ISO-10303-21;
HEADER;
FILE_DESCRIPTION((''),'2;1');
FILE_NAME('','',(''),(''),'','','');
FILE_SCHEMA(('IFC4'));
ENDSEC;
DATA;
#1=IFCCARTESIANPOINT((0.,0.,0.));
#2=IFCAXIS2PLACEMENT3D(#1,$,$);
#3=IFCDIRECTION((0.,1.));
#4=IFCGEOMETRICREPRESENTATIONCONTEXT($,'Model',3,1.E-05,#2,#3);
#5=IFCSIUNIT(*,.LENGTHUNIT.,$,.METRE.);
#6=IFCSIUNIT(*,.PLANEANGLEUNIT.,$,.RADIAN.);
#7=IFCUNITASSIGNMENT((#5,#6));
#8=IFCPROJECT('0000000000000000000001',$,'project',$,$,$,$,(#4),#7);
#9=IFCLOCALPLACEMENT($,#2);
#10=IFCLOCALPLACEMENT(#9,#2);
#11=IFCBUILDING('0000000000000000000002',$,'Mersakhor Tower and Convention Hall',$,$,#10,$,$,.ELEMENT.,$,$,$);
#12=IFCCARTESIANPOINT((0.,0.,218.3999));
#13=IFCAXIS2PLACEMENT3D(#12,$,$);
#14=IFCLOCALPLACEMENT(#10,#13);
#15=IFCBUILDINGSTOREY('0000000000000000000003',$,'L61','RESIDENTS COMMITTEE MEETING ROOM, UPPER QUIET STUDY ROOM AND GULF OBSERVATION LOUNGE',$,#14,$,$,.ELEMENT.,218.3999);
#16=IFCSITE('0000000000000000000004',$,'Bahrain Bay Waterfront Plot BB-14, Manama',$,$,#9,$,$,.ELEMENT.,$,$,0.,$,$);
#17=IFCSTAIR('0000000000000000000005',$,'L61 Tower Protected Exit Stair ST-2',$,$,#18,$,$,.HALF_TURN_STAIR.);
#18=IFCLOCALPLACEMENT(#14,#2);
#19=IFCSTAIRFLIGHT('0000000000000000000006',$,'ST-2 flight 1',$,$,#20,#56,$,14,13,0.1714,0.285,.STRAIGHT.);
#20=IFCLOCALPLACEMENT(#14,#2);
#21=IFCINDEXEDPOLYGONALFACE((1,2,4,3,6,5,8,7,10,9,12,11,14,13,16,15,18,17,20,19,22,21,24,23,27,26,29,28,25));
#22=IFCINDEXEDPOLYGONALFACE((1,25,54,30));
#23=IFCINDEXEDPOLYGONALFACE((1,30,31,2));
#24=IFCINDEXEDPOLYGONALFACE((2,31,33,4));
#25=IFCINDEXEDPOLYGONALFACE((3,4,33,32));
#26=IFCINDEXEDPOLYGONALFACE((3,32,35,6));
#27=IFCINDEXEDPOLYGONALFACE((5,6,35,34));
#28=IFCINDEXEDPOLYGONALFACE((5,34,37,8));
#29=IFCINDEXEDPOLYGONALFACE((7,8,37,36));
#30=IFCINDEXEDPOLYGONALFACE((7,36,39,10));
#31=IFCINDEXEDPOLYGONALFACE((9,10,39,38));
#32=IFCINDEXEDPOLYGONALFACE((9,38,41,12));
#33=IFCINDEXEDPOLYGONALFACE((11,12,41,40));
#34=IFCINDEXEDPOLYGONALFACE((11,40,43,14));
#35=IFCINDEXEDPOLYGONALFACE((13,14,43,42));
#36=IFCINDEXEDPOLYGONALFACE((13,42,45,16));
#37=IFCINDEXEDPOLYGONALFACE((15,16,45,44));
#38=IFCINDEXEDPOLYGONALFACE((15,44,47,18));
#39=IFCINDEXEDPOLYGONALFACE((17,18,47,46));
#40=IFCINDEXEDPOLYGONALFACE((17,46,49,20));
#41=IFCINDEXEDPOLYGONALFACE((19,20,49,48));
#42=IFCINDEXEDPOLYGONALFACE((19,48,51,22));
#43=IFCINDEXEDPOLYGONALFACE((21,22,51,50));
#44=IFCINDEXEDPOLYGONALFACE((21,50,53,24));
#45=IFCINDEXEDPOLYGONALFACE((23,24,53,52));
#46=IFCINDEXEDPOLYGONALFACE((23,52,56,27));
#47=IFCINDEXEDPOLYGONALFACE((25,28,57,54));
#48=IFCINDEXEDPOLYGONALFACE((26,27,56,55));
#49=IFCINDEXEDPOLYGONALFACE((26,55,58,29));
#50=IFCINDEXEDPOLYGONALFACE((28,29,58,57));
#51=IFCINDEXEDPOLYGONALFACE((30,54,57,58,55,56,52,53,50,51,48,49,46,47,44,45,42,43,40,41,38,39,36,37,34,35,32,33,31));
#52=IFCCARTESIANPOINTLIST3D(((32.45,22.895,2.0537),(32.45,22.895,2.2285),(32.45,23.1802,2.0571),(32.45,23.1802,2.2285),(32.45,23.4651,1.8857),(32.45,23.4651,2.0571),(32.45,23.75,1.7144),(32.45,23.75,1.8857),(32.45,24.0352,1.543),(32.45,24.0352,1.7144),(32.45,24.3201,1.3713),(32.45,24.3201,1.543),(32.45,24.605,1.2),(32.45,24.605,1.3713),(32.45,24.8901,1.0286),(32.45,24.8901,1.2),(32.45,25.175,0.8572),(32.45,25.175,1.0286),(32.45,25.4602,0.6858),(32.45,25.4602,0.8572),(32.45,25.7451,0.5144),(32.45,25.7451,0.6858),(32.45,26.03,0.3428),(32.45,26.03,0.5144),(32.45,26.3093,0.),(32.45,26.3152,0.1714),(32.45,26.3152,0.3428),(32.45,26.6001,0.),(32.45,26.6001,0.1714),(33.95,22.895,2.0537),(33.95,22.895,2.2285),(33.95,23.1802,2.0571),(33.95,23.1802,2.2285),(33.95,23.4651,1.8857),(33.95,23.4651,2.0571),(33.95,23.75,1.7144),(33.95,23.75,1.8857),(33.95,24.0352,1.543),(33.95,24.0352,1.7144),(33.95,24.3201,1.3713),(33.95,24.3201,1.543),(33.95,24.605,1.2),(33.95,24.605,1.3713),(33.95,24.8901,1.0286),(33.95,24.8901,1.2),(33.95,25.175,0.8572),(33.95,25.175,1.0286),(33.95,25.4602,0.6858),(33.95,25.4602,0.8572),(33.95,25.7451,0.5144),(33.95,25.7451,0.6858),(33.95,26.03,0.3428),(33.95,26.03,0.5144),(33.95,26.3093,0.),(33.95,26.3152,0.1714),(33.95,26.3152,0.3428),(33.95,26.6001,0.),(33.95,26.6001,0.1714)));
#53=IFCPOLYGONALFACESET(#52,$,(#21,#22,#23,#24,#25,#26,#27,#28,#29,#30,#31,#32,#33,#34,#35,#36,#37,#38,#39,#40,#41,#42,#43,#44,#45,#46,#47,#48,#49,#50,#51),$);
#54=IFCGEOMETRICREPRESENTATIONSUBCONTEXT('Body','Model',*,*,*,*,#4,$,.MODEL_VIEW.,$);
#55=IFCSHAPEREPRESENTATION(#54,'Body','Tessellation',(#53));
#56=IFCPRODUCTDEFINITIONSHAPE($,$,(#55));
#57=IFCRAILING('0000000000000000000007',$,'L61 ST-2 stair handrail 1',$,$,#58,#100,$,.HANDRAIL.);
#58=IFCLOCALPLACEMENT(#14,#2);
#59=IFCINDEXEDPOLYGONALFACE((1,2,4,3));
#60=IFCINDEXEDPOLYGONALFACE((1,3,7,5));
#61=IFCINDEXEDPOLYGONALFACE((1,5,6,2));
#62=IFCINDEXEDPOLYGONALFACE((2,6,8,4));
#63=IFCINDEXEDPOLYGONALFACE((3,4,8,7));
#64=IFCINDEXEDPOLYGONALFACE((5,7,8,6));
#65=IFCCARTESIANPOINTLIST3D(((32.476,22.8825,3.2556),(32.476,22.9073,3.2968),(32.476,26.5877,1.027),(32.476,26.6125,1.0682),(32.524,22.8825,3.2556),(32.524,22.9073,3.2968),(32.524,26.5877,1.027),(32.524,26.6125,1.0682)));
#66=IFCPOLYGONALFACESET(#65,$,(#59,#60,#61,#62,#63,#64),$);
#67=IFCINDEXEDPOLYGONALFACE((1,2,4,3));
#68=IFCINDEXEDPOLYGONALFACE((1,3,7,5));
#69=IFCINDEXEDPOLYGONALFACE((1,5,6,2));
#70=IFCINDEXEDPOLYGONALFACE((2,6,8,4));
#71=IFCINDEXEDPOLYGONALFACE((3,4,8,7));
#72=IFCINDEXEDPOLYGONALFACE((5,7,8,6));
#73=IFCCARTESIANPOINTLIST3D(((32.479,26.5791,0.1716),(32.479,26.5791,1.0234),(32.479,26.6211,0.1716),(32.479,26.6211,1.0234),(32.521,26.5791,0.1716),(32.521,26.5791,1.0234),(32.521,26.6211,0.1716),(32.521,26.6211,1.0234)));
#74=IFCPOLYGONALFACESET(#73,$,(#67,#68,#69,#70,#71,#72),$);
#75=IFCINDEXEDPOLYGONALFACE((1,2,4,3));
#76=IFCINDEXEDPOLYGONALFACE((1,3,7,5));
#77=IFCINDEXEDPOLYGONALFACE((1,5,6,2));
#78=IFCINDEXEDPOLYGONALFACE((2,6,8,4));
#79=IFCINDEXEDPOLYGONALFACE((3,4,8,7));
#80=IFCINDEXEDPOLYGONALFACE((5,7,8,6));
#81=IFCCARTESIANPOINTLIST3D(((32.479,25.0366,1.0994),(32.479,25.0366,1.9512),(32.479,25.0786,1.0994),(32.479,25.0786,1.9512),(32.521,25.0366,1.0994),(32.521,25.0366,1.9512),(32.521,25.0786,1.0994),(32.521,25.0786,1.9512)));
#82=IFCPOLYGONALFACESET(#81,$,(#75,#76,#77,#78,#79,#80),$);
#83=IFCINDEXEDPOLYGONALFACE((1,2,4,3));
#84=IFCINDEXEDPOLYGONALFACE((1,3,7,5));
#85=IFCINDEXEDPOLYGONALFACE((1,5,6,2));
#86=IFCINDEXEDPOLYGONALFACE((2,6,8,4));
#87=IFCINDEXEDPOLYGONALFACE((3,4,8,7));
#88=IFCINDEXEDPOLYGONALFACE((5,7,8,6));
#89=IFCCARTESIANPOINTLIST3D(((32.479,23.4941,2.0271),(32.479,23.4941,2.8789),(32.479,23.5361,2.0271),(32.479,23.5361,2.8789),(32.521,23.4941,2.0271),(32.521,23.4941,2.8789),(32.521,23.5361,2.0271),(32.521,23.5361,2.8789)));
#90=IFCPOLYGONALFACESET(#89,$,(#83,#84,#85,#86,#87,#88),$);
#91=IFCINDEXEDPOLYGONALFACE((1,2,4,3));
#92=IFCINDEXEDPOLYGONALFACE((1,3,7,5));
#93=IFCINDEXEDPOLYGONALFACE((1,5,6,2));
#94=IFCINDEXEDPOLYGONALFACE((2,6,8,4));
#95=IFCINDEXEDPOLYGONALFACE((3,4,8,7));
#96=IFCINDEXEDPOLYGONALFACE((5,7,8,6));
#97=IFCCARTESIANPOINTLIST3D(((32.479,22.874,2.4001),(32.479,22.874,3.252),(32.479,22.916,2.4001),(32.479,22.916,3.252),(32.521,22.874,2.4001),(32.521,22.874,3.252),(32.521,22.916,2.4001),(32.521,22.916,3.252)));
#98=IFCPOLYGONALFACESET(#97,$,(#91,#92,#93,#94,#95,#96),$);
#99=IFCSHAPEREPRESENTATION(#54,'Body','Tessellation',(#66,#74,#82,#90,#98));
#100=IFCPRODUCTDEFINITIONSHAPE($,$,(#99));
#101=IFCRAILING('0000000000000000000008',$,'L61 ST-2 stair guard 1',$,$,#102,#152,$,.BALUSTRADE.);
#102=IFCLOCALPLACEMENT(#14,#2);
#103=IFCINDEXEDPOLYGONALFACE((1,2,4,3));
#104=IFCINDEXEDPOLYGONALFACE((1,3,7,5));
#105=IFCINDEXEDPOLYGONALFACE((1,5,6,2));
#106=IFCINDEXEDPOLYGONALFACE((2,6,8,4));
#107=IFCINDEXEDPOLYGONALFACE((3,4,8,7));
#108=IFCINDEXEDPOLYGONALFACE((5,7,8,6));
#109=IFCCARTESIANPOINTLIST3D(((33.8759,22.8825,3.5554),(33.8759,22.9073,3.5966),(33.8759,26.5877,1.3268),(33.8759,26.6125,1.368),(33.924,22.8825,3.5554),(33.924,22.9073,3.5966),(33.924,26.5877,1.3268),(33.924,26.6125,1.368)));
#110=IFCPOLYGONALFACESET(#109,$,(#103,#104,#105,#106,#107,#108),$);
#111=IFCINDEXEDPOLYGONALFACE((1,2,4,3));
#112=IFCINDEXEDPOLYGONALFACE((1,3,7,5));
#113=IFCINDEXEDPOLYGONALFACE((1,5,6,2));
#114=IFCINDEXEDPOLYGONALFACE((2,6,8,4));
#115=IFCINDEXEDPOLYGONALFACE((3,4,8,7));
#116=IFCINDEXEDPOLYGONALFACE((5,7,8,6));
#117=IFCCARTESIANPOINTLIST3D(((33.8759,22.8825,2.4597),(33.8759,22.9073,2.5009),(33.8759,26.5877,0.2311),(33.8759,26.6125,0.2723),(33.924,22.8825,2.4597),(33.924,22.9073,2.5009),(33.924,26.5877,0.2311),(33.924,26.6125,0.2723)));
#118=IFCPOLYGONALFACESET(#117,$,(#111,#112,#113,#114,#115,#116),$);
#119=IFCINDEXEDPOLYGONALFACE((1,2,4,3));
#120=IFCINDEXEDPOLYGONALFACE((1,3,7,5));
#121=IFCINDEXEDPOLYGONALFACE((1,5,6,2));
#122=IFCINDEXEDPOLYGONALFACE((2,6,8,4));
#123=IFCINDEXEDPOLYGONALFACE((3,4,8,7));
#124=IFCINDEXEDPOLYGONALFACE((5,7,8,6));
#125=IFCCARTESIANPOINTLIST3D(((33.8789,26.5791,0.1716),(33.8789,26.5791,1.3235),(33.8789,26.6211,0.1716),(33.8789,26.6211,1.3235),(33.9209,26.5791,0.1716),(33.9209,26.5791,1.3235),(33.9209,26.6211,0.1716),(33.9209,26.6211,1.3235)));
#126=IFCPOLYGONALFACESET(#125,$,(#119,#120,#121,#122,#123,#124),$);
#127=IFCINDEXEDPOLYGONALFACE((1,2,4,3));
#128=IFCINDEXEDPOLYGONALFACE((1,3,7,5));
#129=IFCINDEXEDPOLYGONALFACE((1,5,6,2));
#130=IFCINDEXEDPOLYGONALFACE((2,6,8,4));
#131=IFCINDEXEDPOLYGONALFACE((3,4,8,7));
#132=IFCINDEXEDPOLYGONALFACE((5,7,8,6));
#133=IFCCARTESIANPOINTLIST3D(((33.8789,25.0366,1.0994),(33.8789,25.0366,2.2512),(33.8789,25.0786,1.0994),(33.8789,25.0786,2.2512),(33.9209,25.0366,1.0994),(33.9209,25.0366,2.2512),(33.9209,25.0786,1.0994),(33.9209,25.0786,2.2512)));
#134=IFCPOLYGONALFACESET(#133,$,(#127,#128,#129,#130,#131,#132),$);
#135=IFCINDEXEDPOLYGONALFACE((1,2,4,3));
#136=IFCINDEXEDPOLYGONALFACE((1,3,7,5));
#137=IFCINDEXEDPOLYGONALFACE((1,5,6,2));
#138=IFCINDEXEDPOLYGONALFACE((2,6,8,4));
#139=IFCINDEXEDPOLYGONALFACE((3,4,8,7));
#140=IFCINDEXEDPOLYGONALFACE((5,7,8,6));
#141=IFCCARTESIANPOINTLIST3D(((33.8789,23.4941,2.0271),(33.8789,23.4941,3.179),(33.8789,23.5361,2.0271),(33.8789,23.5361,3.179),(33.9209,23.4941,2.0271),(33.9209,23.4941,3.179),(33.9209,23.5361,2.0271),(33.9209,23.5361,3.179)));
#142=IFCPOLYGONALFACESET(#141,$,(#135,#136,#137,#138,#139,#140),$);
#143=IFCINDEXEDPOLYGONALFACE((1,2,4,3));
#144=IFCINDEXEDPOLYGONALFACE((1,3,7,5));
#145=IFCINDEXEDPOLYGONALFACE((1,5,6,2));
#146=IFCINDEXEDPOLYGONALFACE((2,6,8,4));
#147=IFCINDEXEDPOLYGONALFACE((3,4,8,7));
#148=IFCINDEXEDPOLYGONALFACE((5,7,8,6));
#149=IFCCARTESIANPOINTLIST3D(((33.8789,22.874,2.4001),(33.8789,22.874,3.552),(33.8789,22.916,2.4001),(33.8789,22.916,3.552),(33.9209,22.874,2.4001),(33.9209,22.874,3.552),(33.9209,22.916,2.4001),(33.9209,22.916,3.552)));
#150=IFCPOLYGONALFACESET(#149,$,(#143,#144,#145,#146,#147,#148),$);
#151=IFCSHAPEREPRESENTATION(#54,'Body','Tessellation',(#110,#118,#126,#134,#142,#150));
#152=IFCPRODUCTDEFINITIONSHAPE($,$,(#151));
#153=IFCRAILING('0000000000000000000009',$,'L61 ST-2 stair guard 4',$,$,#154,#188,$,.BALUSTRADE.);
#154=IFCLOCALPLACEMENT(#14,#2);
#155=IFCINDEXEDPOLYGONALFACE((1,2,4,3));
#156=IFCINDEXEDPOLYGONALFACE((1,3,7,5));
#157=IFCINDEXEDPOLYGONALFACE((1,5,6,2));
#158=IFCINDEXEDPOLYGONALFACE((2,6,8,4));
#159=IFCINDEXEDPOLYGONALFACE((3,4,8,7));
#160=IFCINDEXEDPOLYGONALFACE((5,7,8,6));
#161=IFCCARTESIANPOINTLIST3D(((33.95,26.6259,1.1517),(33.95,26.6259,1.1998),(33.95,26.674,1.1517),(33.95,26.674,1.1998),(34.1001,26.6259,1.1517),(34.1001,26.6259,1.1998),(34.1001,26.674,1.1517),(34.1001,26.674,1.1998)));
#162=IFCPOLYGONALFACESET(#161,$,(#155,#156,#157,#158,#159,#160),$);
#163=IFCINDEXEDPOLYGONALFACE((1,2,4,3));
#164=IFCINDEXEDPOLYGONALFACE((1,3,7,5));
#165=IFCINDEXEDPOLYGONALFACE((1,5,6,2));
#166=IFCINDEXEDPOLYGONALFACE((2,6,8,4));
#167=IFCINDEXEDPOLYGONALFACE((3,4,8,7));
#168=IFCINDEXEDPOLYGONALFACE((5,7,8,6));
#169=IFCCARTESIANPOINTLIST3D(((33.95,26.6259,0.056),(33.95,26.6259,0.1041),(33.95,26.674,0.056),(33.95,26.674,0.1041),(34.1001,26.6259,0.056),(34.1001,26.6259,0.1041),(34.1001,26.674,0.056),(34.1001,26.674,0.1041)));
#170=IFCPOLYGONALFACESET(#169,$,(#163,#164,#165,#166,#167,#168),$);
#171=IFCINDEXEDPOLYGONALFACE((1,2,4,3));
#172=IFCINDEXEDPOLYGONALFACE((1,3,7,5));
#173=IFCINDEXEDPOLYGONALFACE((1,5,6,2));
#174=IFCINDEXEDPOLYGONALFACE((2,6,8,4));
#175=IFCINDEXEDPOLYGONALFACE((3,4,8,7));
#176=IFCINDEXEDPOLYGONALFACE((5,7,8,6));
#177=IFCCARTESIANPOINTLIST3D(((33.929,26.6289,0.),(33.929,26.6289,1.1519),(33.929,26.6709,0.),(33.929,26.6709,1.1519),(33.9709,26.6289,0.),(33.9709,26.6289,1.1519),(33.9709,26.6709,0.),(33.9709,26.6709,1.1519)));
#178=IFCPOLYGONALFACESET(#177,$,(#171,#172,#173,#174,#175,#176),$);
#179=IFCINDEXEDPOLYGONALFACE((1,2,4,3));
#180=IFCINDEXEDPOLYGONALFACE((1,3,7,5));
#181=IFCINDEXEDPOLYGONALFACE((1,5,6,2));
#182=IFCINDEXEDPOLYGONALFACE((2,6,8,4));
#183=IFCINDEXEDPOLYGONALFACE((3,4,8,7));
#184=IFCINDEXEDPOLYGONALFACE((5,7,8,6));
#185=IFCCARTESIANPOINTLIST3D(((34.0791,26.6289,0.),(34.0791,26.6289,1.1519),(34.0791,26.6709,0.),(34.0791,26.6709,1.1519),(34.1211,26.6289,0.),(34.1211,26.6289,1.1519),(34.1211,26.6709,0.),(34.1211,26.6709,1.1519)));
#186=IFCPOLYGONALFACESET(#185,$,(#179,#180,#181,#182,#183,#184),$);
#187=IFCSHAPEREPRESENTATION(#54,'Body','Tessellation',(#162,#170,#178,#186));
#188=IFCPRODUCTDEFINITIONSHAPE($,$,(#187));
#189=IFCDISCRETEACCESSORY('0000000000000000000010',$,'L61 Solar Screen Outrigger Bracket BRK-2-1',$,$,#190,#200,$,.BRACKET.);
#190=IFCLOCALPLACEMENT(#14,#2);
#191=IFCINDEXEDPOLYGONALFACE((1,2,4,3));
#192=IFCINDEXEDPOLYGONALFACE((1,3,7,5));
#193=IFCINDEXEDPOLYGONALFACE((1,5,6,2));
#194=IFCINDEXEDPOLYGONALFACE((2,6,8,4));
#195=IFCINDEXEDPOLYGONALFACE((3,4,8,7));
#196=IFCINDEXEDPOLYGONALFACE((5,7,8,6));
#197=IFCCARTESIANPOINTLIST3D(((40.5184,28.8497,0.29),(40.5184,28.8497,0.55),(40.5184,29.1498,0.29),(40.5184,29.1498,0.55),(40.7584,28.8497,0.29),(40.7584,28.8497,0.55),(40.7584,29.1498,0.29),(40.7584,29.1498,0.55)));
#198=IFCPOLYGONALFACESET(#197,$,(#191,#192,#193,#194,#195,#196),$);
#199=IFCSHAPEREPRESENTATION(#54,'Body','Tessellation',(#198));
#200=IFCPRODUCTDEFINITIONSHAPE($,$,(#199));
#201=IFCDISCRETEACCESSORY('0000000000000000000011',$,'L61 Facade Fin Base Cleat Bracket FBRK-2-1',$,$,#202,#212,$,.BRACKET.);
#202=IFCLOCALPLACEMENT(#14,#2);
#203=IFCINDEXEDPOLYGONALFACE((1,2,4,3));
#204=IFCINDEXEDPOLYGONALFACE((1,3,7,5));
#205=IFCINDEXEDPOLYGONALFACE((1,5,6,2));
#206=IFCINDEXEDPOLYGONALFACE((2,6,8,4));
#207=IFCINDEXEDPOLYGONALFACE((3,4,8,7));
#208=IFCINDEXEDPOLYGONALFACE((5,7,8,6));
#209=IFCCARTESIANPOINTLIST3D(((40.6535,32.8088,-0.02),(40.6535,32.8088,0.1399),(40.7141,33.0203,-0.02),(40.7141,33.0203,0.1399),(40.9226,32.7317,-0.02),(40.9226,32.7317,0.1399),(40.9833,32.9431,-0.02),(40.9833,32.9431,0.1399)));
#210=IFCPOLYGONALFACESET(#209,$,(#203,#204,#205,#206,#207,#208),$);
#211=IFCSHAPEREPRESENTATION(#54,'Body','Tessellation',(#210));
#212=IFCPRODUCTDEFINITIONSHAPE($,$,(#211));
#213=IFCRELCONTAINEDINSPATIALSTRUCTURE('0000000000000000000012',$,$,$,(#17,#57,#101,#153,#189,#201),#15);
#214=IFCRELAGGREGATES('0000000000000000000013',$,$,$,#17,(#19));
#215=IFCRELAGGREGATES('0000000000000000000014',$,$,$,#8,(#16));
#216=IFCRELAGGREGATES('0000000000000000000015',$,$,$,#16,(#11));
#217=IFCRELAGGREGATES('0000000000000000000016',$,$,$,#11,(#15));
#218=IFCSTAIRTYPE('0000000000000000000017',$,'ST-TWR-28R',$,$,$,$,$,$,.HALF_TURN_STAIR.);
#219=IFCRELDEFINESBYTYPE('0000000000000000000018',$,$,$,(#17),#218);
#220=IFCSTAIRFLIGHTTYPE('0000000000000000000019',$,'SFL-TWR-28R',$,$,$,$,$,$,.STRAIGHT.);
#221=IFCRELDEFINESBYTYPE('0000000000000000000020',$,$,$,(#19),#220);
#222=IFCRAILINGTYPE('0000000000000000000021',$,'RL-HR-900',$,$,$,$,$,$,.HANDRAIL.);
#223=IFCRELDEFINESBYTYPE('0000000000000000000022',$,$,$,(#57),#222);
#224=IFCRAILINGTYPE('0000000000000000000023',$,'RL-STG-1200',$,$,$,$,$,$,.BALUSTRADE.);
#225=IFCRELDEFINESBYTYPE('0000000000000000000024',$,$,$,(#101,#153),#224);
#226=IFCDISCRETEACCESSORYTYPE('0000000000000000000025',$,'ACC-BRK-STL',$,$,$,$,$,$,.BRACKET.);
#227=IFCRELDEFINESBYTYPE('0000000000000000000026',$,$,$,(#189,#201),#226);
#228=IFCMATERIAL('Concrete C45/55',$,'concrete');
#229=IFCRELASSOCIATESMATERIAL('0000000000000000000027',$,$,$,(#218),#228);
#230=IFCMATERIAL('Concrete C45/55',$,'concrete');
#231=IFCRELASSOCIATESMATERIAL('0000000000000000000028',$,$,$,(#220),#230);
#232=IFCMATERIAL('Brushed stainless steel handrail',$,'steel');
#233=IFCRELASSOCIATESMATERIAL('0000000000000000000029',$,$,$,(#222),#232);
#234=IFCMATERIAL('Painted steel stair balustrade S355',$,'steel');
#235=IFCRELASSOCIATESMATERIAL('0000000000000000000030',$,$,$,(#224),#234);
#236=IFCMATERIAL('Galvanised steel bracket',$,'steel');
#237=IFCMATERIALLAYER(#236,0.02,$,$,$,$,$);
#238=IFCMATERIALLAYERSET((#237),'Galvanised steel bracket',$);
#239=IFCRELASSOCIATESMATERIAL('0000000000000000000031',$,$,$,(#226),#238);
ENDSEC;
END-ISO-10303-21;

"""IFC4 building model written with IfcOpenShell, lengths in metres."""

from ifc_helpers import new_model, si_unit, direction, frame, origin, origin_2d, place, context, subcontext, project, spatial, polyline, rectangle, outline, extrude, material, layer, layer_set, type_object, element, aggregate, save


model = new_model("IFC4")

# Units and contexts
model_context = context("Model", 3, precision=1e-05, world=origin(), true_north=direction((0.0, 1.0)))
body_context = subcontext(model_context, "Body", "Model", "MODEL_VIEW")
ifc_project = project(units=[si_unit("LENGTHUNIT", "METRE"), si_unit("PLANEANGLEUNIT", "RADIAN")], contexts=[model_context])

# Site, building, storey
site_placement = place(None, origin())
site = spatial("IfcSite", under=ifc_project, at=site_placement, Name="Bahrain Bay Waterfront Plot BB-14, Manama", CompositionType="ELEMENT", RefElevation=0.0)
building_placement = place(site_placement, origin())
building = spatial("IfcBuilding", under=site, at=building_placement, Name="Mersakhor Tower and Convention Hall", CompositionType="ELEMENT")
storey_placement = place(building_placement, frame((0.0, 0.0, 218.3999)))
storey = spatial("IfcBuildingStorey", under=building, at=storey_placement, Name="L61", Description="RESIDENTS COMMITTEE MEETING ROOM, UPPER QUIET STUDY ROOM AND GULF OBSERVATION LOUNGE", CompositionType="ELEMENT", Elevation=218.3999)

# Stair, stair flight
ifc_material_1 = material(Name="Concrete C45/55", Category="concrete")
stair_type = type_object("IfcStairType", Name="ST-TWR-28R", PredefinedType="HALF_TURN_STAIR", material=ifc_material_1)
stair_placement = place(storey_placement, origin())
stair = element("IfcStair", 1, at=stair_placement, inside=storey, type_object=stair_type, Name="L61 Tower Protected Exit Stair ST-2", PredefinedType="HALF_TURN_STAIR")
ifc_material_2 = material(Name="Concrete C45/55", Category="concrete")
stair_flight_type = type_object("IfcStairFlightType", Name="SFL-TWR-28R", PredefinedType="STRAIGHT", material=ifc_material_2)
stair_flight_placement = place(storey_placement, frame((33.2, 26.6001, 0.0), z_axis=(0.0, 0.0, 1.0), x_axis=(0.0, -1.0, 0.0)))
stair_flight = element("IfcStairFlight", 2, at=stair_flight_placement, type_object=stair_flight_type, Name="ST-2 flight 1", NumberOfRisers=14, NumberOfTreads=13, PredefinedType="STRAIGHT", RiserHeight=0.1714, TreadLength=0.285, context=body_context, shape_type="SweptSolid", body=[
    extrude(outline(polyline([(0.0, 0.0), (0.0, 0.1714), (0.2849, 0.1714), (0.2849, 0.3428), (0.5701, 0.3428), (0.5701, 0.5144), (0.855, 0.5144), (0.855, 0.6858), (1.1399, 0.6858), (1.1399, 0.8572), (1.425, 0.8572), (1.425, 1.0286), (1.71, 1.0286), (1.71, 1.2), (1.9951, 1.2), (1.9951, 1.3713), (2.28, 1.3713), (2.28, 1.543), (2.5649, 1.543), (2.5649, 1.7144), (2.8501, 1.7144), (2.8501, 1.8857), (3.135, 1.8857), (3.135, 2.0571), (3.4199, 2.0571), (3.4199, 2.2285), (3.7051, 2.2285), (3.7051, 2.3999), (3.7051, 2.0537), (0.2908, 0.0), (0.0, 0.0)])), frame((0.0, 0.75, 0.0), z_axis=(0.0, -1.0, 0.0), x_axis=(1.0, 0.0, 0.0)), (0.0, 0.0, 1.0), 1.5),
])
aggregate(stair, [stair_flight])

# Railings
ifc_material_3 = material(Name="Brushed stainless steel handrail", Category="steel")
railing_type_1 = type_object("IfcRailingType", Name="RL-HR-900", PredefinedType="HANDRAIL", material=ifc_material_3)
railing_1_placement = place(storey_placement, frame((32.5, 26.6001, 0.1716)))
element("IfcRailing", 3, at=railing_1_placement, inside=storey, type_object=railing_type_1, Name="L61 ST-2 stair handrail 1", PredefinedType="HANDRAIL", context=body_context, shape_type="SweptSolid", body=[
    extrude(rectangle(XDim=0.0481, YDim=0.0481, at=origin_2d()), frame((0.0, 0.0, 0.876), z_axis=(0.0, -0.856934, 0.515425), x_axis=(1.0, 0.0, 0.0)), (0.0, 0.0, 1.0), 4.3237),
    extrude(rectangle(XDim=0.042, YDim=0.042, at=origin_2d()), origin(), (0.0, 0.0, 1.0), 0.8518),
    extrude(rectangle(XDim=0.042, YDim=0.042, at=origin_2d()), frame((0.0, -1.5425, 0.9277)), (0.0, 0.0, 1.0), 0.8518),
    extrude(rectangle(XDim=0.042, YDim=0.042, at=origin_2d()), frame((0.0, -3.085, 1.8555)), (0.0, 0.0, 1.0), 0.8518),
    extrude(rectangle(XDim=0.042, YDim=0.042, at=origin_2d()), frame((0.0, -3.7051, 2.2285)), (0.0, 0.0, 1.0), 0.8518),
])
ifc_material_4 = material(Name="Painted steel stair balustrade S355", Category="steel")
railing_type_2 = type_object("IfcRailingType", Name="RL-STG-1200", PredefinedType="BALUSTRADE", material=ifc_material_4)
railing_2_placement = place(storey_placement, frame((33.8999, 26.6001, 0.1716)))
element("IfcRailing", 4, at=railing_2_placement, inside=storey, type_object=railing_type_2, Name="L61 ST-2 stair guard 1", PredefinedType="BALUSTRADE", context=body_context, shape_type="SweptSolid", body=[
    extrude(rectangle(XDim=0.0481, YDim=0.0481, at=origin_2d()), frame((0.0, 0.0, 1.1758), z_axis=(0.0, -0.856934, 0.515425), x_axis=(1.0, 0.0, 0.0)), (0.0, 0.0, 1.0), 4.3237),
    extrude(rectangle(XDim=0.0481, YDim=0.0481, at=origin_2d()), frame((0.0, 0.0, 0.0801), z_axis=(0.0, -0.856934, 0.515425), x_axis=(1.0, 0.0, 0.0)), (0.0, 0.0, 1.0), 4.3237),
    extrude(rectangle(XDim=0.042, YDim=0.042, at=origin_2d()), origin(), (0.0, 0.0, 1.0), 1.1519),
    extrude(rectangle(XDim=0.042, YDim=0.042, at=origin_2d()), frame((0.0, -1.5425, 0.9277)), (0.0, 0.0, 1.0), 1.1519),
    extrude(rectangle(XDim=0.042, YDim=0.042, at=origin_2d()), frame((0.0, -3.085, 1.8555)), (0.0, 0.0, 1.0), 1.1519),
    extrude(rectangle(XDim=0.042, YDim=0.042, at=origin_2d()), frame((0.0, -3.7051, 2.2285)), (0.0, 0.0, 1.0), 1.1519),
])
railing_3_placement = place(storey_placement, frame((33.95, 26.6499, 0.0)))
element("IfcRailing", 5, at=railing_3_placement, inside=storey, type_object=railing_type_2, Name="L61 ST-2 stair guard 4", PredefinedType="BALUSTRADE", context=body_context, shape_type="SweptSolid", body=[
    extrude(rectangle(XDim=0.0481, YDim=0.0481, at=origin_2d()), frame((0.0, 0.0, 1.1758), z_axis=(1.0, 0.0, 0.0), x_axis=(0.0, 1.0, 0.0)), (0.0, 0.0, 1.0), 0.1501),
    extrude(rectangle(XDim=0.0481, YDim=0.0481, at=origin_2d()), frame((0.0, 0.0, 0.0801), z_axis=(1.0, 0.0, 0.0), x_axis=(0.0, 1.0, 0.0)), (0.0, 0.0, 1.0), 0.1501),
    extrude(rectangle(XDim=0.042, YDim=0.042, at=origin_2d()), origin(), (0.0, 0.0, 1.0), 1.1519),
    extrude(rectangle(XDim=0.042, YDim=0.042, at=origin_2d()), frame((0.1501, 0.0, 0.0)), (0.0, 0.0, 1.0), 1.1519),
])

# Discrete accessories
ifc_material_5 = material(Name="Galvanised steel bracket", Category="steel")
ifc_layer_1 = layer(ifc_material_5, 0.02)
ifc_layer_set_1 = layer_set([ifc_layer_1], Name="Galvanised steel bracket")
discrete_accessory_type = type_object("IfcDiscreteAccessoryType", Name="ACC-BRK-STL", PredefinedType="BRACKET", material=ifc_layer_set_1)
discrete_accessory_1_placement = place(storey_placement, frame((40.6384, 28.9998, 0.29), z_axis=(0.0, 0.0, 1.0), x_axis=(0.0, -1.0, 0.0)))
element("IfcDiscreteAccessory", 6, at=discrete_accessory_1_placement, inside=storey, type_object=discrete_accessory_type, Name="L61 Solar Screen Outrigger Bracket BRK-2-1", PredefinedType="BRACKET", context=body_context, shape_type="SweptSolid", body=[
    extrude(rectangle(XDim=0.3, YDim=0.24, at=origin_2d()), origin(), (0.0, 0.0, 1.0), 0.26),
])
discrete_accessory_2_placement = place(storey_placement, frame((40.8184, 32.876, -0.02), z_axis=(0.0, 0.0, 1.0), x_axis=(0.961262, -0.275637, 0.0)))
element("IfcDiscreteAccessory", 7, at=discrete_accessory_2_placement, inside=storey, type_object=discrete_accessory_type, Name="L61 Facade Fin Base Cleat Bracket FBRK-2-1", PredefinedType="BRACKET", context=body_context, shape_type="SweptSolid", body=[
    extrude(rectangle(XDim=0.28, YDim=0.22, at=origin_2d()), origin(), (0.0, 0.0, 1.0), 0.1599),
])

save(model, "model.ifc")
